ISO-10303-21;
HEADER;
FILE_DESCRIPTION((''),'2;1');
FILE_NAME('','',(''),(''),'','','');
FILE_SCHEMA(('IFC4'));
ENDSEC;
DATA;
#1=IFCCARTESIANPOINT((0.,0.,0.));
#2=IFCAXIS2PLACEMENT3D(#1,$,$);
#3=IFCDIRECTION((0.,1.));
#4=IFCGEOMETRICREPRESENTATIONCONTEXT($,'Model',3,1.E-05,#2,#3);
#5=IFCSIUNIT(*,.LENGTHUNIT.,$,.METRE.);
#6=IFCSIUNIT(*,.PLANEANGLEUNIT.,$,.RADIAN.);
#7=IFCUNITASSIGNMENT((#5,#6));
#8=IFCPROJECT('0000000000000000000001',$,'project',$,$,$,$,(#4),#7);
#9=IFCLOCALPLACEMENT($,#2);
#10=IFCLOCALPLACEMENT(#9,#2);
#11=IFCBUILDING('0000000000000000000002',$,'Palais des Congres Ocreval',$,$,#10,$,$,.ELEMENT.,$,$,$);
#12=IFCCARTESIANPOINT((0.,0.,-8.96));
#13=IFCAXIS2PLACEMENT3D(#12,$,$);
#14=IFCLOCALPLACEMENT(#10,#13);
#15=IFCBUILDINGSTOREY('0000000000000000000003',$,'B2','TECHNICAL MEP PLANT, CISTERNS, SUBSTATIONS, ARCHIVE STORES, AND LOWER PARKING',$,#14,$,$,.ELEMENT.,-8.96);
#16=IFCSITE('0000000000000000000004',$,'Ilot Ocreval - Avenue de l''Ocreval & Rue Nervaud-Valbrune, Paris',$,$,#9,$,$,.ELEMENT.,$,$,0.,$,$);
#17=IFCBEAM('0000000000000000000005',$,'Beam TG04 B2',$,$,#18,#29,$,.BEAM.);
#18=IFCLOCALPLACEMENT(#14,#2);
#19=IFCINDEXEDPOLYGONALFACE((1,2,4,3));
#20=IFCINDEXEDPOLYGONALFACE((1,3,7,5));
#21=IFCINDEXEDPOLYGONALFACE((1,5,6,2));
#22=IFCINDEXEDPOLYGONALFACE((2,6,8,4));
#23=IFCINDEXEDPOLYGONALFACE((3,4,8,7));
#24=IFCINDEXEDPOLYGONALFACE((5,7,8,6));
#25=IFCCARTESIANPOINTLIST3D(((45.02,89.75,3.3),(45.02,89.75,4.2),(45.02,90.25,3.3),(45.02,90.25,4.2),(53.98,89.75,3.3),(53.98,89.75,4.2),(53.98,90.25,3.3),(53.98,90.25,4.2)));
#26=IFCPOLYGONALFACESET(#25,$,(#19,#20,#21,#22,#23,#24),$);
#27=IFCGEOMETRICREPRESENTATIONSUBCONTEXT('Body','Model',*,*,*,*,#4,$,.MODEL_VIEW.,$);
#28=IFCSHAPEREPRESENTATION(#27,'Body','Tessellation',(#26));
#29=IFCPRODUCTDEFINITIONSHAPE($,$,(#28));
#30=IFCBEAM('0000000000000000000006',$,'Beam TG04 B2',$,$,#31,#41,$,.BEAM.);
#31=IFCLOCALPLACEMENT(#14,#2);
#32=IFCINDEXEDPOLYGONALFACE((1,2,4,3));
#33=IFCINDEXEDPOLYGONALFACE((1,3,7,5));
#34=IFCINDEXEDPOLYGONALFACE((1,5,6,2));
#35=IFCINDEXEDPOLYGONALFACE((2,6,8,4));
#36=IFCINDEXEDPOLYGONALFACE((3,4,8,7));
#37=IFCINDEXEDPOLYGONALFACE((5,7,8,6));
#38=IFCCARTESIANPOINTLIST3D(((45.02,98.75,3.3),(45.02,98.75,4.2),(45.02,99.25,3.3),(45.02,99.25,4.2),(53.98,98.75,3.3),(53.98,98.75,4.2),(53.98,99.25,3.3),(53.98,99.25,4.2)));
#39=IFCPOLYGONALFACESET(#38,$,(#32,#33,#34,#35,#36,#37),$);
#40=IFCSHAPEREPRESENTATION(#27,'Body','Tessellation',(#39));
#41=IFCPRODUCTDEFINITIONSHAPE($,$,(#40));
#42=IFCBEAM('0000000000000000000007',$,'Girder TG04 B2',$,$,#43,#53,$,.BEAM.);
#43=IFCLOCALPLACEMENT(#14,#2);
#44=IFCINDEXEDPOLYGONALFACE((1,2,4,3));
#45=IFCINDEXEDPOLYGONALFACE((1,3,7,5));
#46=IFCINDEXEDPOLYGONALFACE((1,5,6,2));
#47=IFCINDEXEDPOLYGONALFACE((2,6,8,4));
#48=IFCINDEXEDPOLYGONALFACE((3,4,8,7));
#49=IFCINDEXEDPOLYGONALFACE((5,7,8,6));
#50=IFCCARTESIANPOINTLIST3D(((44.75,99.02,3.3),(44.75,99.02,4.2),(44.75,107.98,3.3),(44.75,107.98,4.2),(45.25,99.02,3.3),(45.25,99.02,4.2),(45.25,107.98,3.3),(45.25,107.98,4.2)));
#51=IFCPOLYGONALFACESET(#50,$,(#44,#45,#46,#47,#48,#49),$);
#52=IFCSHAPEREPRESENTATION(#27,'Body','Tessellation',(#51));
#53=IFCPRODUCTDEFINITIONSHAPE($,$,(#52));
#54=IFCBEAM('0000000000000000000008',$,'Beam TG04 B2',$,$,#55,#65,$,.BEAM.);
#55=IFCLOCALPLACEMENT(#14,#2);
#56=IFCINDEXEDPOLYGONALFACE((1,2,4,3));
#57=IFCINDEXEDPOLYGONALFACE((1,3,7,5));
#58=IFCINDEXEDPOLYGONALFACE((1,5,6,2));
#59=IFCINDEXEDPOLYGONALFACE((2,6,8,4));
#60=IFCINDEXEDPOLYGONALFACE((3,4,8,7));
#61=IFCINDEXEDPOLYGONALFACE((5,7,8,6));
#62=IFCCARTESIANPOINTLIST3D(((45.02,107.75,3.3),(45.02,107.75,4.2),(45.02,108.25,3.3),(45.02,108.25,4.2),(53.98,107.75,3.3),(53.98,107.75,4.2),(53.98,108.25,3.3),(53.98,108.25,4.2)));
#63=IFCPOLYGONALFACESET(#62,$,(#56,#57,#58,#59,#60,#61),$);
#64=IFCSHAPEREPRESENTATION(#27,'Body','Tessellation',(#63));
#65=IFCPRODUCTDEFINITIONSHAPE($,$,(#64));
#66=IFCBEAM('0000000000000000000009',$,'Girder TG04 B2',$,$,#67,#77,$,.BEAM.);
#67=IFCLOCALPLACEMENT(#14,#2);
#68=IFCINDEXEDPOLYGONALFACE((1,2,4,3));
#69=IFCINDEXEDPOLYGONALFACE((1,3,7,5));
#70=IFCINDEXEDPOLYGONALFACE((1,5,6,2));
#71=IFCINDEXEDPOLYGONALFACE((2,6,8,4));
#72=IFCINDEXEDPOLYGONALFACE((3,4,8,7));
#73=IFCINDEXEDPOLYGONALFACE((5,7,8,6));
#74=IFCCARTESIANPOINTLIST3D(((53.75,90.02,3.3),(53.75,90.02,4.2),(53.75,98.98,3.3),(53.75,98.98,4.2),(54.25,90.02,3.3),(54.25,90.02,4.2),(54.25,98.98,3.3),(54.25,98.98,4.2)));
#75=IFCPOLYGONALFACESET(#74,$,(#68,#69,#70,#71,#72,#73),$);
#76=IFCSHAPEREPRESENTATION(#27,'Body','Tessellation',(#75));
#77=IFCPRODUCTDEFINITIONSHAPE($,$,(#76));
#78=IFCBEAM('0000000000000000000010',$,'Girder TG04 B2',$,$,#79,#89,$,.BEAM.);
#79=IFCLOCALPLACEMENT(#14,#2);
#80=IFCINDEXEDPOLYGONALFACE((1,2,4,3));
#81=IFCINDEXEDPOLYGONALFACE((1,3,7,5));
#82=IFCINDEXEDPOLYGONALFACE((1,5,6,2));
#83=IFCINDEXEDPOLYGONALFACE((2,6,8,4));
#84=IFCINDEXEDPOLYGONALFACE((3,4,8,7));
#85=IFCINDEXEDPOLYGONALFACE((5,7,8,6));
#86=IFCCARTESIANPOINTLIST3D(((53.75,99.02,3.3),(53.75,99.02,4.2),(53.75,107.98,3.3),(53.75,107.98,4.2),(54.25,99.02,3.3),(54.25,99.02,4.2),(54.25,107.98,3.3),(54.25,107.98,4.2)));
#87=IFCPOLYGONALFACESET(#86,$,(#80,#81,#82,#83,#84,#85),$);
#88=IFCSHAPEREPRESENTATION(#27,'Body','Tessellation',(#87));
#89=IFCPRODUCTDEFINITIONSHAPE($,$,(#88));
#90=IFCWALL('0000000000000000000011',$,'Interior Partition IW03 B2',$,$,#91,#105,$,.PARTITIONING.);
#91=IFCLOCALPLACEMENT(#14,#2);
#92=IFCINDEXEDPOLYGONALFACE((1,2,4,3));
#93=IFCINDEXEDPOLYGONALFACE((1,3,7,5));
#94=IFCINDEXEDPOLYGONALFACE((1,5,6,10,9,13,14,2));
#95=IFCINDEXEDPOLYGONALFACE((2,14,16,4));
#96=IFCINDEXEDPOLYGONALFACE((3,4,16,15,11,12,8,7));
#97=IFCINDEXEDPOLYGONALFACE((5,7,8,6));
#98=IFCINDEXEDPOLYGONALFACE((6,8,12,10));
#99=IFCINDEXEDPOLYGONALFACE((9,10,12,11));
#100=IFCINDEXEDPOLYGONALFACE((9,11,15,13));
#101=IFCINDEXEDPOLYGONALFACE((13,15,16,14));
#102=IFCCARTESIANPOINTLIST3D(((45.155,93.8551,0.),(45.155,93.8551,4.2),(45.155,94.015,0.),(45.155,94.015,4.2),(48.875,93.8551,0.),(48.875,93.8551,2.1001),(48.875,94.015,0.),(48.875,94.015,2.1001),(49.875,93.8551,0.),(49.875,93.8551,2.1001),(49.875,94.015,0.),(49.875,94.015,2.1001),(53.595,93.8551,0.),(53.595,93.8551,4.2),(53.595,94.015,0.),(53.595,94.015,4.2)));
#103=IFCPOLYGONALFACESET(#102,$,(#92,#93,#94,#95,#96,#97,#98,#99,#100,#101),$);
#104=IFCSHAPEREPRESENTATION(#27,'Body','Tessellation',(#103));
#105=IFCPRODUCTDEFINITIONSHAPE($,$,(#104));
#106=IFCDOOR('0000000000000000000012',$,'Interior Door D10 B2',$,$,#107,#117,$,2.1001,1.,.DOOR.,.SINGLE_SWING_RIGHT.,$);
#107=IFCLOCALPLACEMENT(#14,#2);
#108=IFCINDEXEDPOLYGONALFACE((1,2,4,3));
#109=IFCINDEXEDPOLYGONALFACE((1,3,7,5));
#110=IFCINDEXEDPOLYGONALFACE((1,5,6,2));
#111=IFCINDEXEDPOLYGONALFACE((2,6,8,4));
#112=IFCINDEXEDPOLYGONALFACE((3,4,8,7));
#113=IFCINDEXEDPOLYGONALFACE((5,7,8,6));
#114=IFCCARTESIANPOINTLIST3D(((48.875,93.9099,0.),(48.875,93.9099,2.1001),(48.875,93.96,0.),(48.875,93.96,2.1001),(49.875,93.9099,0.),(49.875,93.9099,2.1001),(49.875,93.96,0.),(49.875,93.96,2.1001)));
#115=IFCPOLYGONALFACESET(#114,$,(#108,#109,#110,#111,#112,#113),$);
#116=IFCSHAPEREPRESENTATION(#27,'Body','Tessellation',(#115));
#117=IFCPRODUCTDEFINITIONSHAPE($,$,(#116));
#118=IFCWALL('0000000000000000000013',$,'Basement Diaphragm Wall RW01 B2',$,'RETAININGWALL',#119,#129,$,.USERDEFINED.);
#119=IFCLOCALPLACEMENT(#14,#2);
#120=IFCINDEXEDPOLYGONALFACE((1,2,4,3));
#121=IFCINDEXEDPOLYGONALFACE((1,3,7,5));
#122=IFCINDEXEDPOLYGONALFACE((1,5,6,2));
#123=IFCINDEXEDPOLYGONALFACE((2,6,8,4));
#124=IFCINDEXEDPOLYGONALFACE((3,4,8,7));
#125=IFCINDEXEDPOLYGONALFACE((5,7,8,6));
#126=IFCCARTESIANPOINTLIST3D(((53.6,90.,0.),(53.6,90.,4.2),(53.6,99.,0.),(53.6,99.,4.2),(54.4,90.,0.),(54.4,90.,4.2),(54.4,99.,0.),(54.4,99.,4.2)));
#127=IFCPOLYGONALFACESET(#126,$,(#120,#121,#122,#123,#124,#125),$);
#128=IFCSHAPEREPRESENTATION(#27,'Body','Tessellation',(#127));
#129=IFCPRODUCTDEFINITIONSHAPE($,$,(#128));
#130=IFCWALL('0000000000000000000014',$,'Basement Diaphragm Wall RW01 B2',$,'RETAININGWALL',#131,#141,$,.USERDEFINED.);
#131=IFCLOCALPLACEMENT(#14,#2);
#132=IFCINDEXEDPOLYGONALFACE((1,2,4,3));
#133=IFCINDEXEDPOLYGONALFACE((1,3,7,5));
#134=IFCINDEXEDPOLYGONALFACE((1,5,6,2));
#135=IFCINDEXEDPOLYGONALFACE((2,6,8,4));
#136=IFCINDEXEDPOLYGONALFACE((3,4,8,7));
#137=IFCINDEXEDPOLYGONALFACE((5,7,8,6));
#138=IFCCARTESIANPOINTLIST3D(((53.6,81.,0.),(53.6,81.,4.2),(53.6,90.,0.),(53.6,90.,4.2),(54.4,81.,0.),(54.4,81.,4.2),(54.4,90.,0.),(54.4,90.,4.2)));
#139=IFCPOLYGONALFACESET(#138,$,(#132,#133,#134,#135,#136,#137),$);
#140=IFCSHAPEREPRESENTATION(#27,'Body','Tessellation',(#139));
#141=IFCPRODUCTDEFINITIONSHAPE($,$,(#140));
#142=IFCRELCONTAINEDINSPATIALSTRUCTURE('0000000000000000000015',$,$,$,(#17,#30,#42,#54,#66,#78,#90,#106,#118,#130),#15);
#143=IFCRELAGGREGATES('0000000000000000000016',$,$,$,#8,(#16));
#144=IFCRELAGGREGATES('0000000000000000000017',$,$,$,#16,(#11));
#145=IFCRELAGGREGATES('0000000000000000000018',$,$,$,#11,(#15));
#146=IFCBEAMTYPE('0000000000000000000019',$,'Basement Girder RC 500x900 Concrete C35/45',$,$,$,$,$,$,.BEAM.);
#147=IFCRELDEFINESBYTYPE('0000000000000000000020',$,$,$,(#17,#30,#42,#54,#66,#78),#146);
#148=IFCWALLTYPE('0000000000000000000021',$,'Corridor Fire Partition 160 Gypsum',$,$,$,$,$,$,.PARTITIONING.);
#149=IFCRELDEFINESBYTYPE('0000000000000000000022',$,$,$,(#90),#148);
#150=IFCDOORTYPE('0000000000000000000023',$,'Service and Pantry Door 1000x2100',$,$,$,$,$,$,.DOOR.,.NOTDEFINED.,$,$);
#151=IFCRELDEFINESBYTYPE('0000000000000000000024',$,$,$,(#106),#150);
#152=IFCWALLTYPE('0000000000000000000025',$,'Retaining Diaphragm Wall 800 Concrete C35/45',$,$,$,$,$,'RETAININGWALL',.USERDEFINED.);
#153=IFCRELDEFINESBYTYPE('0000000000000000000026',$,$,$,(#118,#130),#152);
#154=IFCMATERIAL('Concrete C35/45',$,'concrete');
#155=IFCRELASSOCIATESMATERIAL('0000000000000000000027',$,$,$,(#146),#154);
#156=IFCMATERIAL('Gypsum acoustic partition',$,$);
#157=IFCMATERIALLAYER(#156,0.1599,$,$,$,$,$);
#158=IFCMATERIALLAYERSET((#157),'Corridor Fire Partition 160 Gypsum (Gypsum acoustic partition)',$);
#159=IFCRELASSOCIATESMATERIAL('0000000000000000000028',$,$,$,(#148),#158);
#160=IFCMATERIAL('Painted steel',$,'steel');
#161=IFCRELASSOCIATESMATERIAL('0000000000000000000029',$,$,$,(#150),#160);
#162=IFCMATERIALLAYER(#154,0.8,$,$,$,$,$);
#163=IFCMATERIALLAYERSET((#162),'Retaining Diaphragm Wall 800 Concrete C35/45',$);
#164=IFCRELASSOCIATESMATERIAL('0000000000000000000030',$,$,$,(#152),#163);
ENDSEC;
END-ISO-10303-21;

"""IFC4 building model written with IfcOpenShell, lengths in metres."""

from ifc_helpers import new_model, si_unit, direction, frame, frame_2d, origin, origin_2d, place, context, subcontext, project, spatial, rectangle, extrude, material, layer, layer_set, material_profile, profile_set, type_object, element, fill, save


model = new_model("IFC4")

# Units and contexts
model_context = context("Model", 3, precision=1e-05, world=origin(), true_north=direction((0.0, 1.0)))
body_context = subcontext(model_context, "Body", "Model", "MODEL_VIEW")
ifc_project = project(units=[si_unit("LENGTHUNIT", "METRE"), si_unit("PLANEANGLEUNIT", "RADIAN")], contexts=[model_context])

# Site, building, storey
site_placement = place(None, origin())
site = spatial("IfcSite", under=ifc_project, at=site_placement, Name="Ilot Ocreval - Avenue de l'Ocreval & Rue Nervaud-Valbrune, Paris", CompositionType="ELEMENT", RefElevation=0.0)
building_placement = place(site_placement, origin())
building = spatial("IfcBuilding", under=site, at=building_placement, Name="Palais des Congres Ocreval", CompositionType="ELEMENT")
storey_placement = place(building_placement, frame((0.0, 0.0, -8.96)))
storey = spatial("IfcBuildingStorey", under=building, at=storey_placement, Name="B2", Description="TECHNICAL MEP PLANT, CISTERNS, SUBSTATIONS, ARCHIVE STORES, AND LOWER PARKING", CompositionType="ELEMENT", Elevation=-8.96)

# Shared definitions
ifc_material_1 = material(Name="Concrete C35/45", Category="concrete")

# Beams
ifc_material_profile_1 = material_profile(ifc_material_1, rectangle(XDim=0.5, YDim=0.8999, at=origin_2d()), Name="RC 500x900")
ifc_profile_set_1 = profile_set([ifc_material_profile_1], Name="Concrete C35/45")
beam_type = type_object("IfcBeamType", Name="Basement Girder RC 500x900 Concrete C35/45", PredefinedType="BEAM", material=ifc_profile_set_1)
for number, where, z_axis, x_axis, name in (
    (1, (45.02, 90.0, 3.75), (1.0, 0.0, 0.0), (0.0, 1.0, 0.0), "Beam TG04 B2"),
    (2, (45.02, 99.0, 3.75), (1.0, 0.0, 0.0), (0.0, 1.0, 0.0), "Beam TG04 B2"),
    (3, (45.0, 99.02, 3.75), (0.0, 1.0, 0.0), (-1.0, 0.0, 0.0), "Girder TG04 B2"),
    (4, (45.02, 108.0, 3.75), (1.0, 0.0, 0.0), (0.0, 1.0, 0.0), "Beam TG04 B2"),
    (5, (54.0, 90.02, 3.75), (0.0, 1.0, 0.0), (-1.0, 0.0, 0.0), "Girder TG04 B2"),
    (6, (54.0, 99.02, 3.75), (0.0, 1.0, 0.0), (-1.0, 0.0, 0.0), "Girder TG04 B2"),
):
    element("IfcBeam", number, at=place(storey_placement, frame(where, z_axis=z_axis, x_axis=x_axis)), inside=storey, type_object=beam_type, Name=name, PredefinedType="BEAM", context=body_context, shape_type="SweptSolid", body=[
        extrude(rectangle(XDim=0.5, YDim=0.8999, at=origin_2d()), origin(), (0.0, 0.0, 1.0), 8.96),
    ])

# Wall, opening, door
ifc_material_2 = material(Name="Gypsum acoustic partition")
ifc_layer_1 = layer(ifc_material_2, 0.1599)
ifc_layer_set_1 = layer_set([ifc_layer_1], Name="Corridor Fire Partition 160 Gypsum (Gypsum acoustic partition)")
wall_type_1 = type_object("IfcWallType", Name="Corridor Fire Partition 160 Gypsum", PredefinedType="PARTITIONING", material=ifc_layer_set_1)
wall_placement = place(storey_placement, frame((45.155, 93.9351, 0.0), z_axis=(0.0, 0.0, 1.0), x_axis=(1.0, 0.0, 0.0)))
wall = element("IfcWall", 7, at=wall_placement, inside=storey, type_object=wall_type_1, Name="Interior Partition IW03 B2", PredefinedType="PARTITIONING", context=body_context, shape_type="SweptSolid", body=[
    extrude(rectangle(XDim=8.4399, YDim=0.1599, at=frame_2d((4.22, 0.0))), origin(), (0.0, 0.0, 1.0), 4.2),
])
opening_placement = place(wall_placement, frame((3.72, 0.0, 0.0)))
opening = element("IfcOpeningElement", 8, at=opening_placement, cuts=wall, PredefinedType="OPENING", context=body_context, shape_type="SweptSolid", body=[
    extrude(rectangle(XDim=1.0, YDim=2.1001, at=frame_2d((0.5, 1.05))), frame((0.0, 0.0898, 0.0), z_axis=(0.0, -1.0, 0.0), x_axis=(1.0, 0.0, 0.0)), (0.0, 0.0, 1.0), 0.1799),
])
ifc_material_3 = material(Name="Painted steel", Category="steel")
door_type = type_object("IfcDoorType", Name="Service and Pantry Door 1000x2100", OperationType="NOTDEFINED", PredefinedType="DOOR", material=ifc_material_3)
door_placement = place(opening_placement, origin())
door = element("IfcDoor", 9, at=door_placement, inside=storey, type_object=door_type, Name="Interior Door D10 B2", OperationType="SINGLE_SWING_RIGHT", OverallHeight=2.1001, OverallWidth=1.0, PredefinedType="DOOR", context=body_context, shape_type="SweptSolid", body=[
    extrude(rectangle(XDim=1.0, YDim=2.1001, at=frame_2d((0.5, 1.05))), frame((0.0, 0.0249, 0.0), z_axis=(0.0, -1.0, 0.0), x_axis=(1.0, 0.0, 0.0)), (0.0, 0.0, 1.0), 0.05),
])
fill(opening, door)

# Walls
ifc_layer_2 = layer(ifc_material_1, 0.8)
ifc_layer_set_2 = layer_set([ifc_layer_2], Name="Retaining Diaphragm Wall 800 Concrete C35/45")
wall_type_2 = type_object("IfcWallType", Name="Retaining Diaphragm Wall 800 Concrete C35/45", ElementType="RETAININGWALL", PredefinedType="USERDEFINED", material=ifc_layer_set_2)
for number, where, z_axis, x_axis, name in (
    (10, (54.0, 99.0, 0.0), (0.0, 0.0, 1.0), (0.0, -1.0, 0.0), "Basement Diaphragm Wall RW01 B2"),
    (11, (54.0, 90.0, 0.0), (0.0, 0.0, 1.0), (0.0, -1.0, 0.0), "Basement Diaphragm Wall RW01 B2"),
):
    element("IfcWall", number, at=place(storey_placement, frame(where, z_axis=z_axis, x_axis=x_axis)), inside=storey, type_object=wall_type_2, Name=name, ObjectType="RETAININGWALL", PredefinedType="USERDEFINED", context=body_context, shape_type="SweptSolid", body=[
        extrude(rectangle(XDim=9.0, YDim=0.8, at=frame_2d((4.5, 0.0))), origin(), (0.0, 0.0, 1.0), 4.2),
    ])

save(model, "model.ifc")
